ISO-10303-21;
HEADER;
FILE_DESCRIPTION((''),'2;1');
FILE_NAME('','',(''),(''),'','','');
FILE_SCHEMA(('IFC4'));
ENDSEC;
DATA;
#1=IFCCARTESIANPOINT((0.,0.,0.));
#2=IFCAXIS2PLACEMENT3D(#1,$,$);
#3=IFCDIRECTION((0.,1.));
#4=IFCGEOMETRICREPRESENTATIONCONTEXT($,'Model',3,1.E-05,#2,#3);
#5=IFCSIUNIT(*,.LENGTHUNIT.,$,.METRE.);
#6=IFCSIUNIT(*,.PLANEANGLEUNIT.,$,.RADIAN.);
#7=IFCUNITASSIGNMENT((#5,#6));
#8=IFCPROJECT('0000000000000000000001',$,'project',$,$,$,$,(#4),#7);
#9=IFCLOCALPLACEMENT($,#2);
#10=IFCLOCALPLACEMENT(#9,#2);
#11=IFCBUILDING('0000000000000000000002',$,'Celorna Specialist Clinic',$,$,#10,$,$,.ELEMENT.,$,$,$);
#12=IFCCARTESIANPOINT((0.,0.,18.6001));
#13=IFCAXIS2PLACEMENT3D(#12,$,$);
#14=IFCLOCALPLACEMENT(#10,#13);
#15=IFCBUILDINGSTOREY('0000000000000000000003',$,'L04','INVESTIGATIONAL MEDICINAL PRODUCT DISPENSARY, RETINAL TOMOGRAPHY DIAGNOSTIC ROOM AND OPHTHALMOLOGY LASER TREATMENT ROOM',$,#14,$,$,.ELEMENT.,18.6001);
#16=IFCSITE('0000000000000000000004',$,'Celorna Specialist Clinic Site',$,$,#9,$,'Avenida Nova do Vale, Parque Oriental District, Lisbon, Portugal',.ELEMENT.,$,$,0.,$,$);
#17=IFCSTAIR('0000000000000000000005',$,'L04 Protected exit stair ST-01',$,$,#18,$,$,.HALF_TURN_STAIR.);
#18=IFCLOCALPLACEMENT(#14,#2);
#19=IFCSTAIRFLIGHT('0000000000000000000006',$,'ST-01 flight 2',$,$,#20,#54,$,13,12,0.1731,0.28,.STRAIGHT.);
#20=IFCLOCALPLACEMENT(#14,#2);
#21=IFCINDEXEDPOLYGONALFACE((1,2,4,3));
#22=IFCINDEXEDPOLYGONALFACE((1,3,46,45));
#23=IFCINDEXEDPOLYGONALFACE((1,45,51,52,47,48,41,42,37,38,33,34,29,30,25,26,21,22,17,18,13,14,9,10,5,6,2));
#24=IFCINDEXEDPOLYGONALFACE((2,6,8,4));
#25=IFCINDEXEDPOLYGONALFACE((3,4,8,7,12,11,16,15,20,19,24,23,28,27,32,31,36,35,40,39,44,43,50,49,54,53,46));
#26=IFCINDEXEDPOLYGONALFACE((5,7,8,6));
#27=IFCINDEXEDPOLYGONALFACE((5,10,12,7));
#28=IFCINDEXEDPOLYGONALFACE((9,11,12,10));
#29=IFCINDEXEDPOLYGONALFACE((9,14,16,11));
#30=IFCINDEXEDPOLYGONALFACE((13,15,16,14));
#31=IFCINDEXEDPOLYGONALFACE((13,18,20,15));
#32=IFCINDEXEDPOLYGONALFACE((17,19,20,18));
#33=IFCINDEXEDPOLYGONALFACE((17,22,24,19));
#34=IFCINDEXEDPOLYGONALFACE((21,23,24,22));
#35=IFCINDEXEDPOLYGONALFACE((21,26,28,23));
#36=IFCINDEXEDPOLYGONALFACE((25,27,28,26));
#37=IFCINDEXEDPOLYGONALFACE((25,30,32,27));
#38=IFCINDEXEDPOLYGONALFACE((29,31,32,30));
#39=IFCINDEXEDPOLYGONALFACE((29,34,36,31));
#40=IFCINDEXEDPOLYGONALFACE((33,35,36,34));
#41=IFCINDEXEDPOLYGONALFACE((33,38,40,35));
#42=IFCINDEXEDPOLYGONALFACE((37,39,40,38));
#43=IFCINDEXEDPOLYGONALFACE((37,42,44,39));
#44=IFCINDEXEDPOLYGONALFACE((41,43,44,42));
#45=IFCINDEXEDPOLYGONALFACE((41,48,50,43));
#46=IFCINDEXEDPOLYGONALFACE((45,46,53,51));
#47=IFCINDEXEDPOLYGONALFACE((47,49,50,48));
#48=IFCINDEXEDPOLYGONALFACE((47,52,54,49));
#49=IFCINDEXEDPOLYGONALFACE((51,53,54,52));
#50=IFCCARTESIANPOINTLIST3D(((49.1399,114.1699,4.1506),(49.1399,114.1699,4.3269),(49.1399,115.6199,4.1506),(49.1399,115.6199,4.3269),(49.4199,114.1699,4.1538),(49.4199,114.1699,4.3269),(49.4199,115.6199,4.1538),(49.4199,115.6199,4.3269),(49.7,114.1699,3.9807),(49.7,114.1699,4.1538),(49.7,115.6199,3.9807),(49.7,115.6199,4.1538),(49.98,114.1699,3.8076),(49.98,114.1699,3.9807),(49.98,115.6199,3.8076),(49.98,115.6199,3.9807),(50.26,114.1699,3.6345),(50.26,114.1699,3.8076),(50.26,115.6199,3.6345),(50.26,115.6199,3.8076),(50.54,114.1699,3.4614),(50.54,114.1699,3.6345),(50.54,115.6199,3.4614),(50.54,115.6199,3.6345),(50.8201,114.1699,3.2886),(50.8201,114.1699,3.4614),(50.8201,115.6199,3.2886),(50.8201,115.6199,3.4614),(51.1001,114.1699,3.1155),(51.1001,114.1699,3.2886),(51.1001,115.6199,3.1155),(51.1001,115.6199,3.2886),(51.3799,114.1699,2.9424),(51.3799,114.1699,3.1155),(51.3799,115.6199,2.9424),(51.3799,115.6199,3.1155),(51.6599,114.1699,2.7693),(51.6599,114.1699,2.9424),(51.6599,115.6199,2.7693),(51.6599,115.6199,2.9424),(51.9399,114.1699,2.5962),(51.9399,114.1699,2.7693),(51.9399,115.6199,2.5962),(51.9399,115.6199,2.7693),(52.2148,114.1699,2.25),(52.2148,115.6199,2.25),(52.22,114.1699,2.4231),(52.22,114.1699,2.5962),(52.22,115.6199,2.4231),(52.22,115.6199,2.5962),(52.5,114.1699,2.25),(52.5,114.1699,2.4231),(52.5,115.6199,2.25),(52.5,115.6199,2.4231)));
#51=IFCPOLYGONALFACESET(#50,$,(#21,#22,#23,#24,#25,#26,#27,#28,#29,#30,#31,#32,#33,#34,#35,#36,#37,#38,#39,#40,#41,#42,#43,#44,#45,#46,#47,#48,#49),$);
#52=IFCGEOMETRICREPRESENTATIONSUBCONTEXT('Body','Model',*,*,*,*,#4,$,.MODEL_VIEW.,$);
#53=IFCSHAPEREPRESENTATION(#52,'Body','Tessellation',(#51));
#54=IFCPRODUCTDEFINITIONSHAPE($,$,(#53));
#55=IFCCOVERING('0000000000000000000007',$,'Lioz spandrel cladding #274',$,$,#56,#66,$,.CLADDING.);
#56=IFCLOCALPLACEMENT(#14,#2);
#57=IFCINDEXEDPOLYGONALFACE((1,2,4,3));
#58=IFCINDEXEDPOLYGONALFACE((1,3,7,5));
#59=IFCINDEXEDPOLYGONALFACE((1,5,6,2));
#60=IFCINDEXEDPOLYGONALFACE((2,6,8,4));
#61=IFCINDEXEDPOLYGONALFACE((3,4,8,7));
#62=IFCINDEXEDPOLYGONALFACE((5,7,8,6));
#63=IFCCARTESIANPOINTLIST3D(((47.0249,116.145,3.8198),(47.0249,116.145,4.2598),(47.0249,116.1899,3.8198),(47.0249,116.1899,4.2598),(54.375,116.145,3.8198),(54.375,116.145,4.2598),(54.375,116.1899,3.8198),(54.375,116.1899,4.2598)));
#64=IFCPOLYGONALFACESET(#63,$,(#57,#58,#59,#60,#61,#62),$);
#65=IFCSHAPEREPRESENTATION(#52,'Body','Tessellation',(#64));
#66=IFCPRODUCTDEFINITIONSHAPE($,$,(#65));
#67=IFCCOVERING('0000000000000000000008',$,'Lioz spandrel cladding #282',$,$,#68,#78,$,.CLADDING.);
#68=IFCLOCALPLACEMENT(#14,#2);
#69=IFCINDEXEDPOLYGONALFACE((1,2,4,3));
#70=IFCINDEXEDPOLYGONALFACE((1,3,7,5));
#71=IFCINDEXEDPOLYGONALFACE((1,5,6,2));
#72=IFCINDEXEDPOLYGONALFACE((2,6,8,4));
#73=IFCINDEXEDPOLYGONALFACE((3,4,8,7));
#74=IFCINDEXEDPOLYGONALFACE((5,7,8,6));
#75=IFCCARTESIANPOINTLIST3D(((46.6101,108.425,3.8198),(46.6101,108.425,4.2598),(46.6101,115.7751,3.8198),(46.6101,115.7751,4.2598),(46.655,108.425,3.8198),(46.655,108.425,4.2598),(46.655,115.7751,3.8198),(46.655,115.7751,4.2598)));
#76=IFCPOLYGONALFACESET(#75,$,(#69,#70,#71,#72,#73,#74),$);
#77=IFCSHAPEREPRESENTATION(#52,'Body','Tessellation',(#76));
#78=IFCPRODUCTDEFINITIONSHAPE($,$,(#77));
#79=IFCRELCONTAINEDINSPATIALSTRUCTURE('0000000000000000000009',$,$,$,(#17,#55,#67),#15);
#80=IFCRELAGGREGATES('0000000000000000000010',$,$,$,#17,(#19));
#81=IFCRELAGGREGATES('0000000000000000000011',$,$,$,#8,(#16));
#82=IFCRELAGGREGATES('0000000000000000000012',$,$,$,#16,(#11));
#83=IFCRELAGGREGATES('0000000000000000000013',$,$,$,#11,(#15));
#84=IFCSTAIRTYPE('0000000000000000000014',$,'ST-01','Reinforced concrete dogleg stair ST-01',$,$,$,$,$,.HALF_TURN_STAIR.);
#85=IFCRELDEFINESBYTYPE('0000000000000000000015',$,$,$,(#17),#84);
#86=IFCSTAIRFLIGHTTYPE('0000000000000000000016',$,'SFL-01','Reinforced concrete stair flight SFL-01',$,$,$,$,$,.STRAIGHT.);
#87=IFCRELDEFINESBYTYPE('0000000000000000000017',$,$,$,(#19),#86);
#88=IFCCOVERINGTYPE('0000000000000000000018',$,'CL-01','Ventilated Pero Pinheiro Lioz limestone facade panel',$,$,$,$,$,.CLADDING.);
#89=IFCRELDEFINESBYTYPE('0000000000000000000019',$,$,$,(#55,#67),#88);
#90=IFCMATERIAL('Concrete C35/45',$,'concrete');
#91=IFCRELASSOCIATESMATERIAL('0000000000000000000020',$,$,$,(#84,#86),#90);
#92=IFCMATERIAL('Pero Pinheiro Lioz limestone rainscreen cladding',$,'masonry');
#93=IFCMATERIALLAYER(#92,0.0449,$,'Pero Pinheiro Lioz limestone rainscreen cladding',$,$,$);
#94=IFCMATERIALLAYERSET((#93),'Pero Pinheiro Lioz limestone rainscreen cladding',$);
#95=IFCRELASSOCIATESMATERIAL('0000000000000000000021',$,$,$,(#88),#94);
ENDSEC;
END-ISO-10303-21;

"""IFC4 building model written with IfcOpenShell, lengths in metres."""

from ifc_helpers import new_model, si_unit, direction, frame, origin, origin_2d, place, context, subcontext, project, spatial, polyline, rectangle, outline, extrude, material, layer, layer_set, type_object, element, aggregate, save


model = new_model("IFC4")

# Units and contexts
model_context = context("Model", 3, precision=1e-05, world=origin(), true_north=direction((0.0, 1.0)))
body_context = subcontext(model_context, "Body", "Model", "MODEL_VIEW")
ifc_project = project(units=[si_unit("LENGTHUNIT", "METRE"), si_unit("PLANEANGLEUNIT", "RADIAN")], contexts=[model_context])

# Site, building, storey
site_placement = place(None, origin())
site = spatial("IfcSite", under=ifc_project, at=site_placement, Name="Celorna Specialist Clinic Site", LongName="Avenida Nova do Vale, Parque Oriental District, Lisbon, Portugal", CompositionType="ELEMENT", RefElevation=0.0)
building_placement = place(site_placement, origin())
building = spatial("IfcBuilding", under=site, at=building_placement, Name="Celorna Specialist Clinic", CompositionType="ELEMENT")
storey_placement = place(building_placement, frame((0.0, 0.0, 18.6001)))
storey = spatial("IfcBuildingStorey", under=building, at=storey_placement, Name="L04", Description="INVESTIGATIONAL MEDICINAL PRODUCT DISPENSARY, RETINAL TOMOGRAPHY DIAGNOSTIC ROOM AND OPHTHALMOLOGY LASER TREATMENT ROOM", CompositionType="ELEMENT", Elevation=18.6001)

# Shared definitions
ifc_material_1 = material(Name="Concrete C35/45", Category="concrete")

# Stair, stair flight
stair_type = type_object("IfcStairType", Name="ST-01", Description="Reinforced concrete dogleg stair ST-01", PredefinedType="HALF_TURN_STAIR", material=ifc_material_1)
stair_placement = place(storey_placement, origin())
stair = element("IfcStair", 1, at=stair_placement, inside=storey, type_object=stair_type, Name="L04 Protected exit stair ST-01", PredefinedType="HALF_TURN_STAIR")
stair_flight_type = type_object("IfcStairFlightType", Name="SFL-01", Description="Reinforced concrete stair flight SFL-01", PredefinedType="STRAIGHT", material=ifc_material_1)
stair_flight_1_placement = place(storey_placement, frame((52.5, 114.895, 2.25), z_axis=(0.0, 0.0, 1.0), x_axis=(-1.0, 0.0, 0.0)))
stair_flight_1 = element("IfcStairFlight", 2, at=stair_flight_1_placement, type_object=stair_flight_type, Name="ST-01 flight 2", NumberOfRisers=13, NumberOfTreads=12, PredefinedType="STRAIGHT", RiserHeight=0.1731, TreadLength=0.28, context=body_context, shape_type="SweptSolid", body=[
    extrude(outline(polyline([(0.0, 0.0), (0.0, 0.1731), (0.28, 0.1731), (0.28, 0.3462), (0.5601, 0.3462), (0.5601, 0.5193), (0.8401, 0.5193), (0.8401, 0.6924), (1.1201, 0.6924), (1.1201, 0.8655), (1.3999, 0.8655), (1.3999, 1.0386), (1.6799, 1.0386), (1.6799, 1.2114), (1.96, 1.2114), (1.96, 1.3845), (2.24, 1.3845), (2.24, 1.5576), (2.52, 1.5576), (2.52, 1.7307), (2.8, 1.7307), (2.8, 1.9038), (3.0801, 1.9038), (3.0801, 2.0769), (3.3601, 2.0769), (3.3601, 2.25), (3.3601, 1.9006), (0.2852, 0.0), (0.0, 0.0)])), frame((0.0, 0.7251, 0.0), z_axis=(0.0, -1.0, 0.0), x_axis=(1.0, 0.0, 0.0)), (0.0, 0.0, 1.0), 1.45),
])
aggregate(stair, [stair_flight_1])

# Coverings
ifc_material_2 = material(Name="Pero Pinheiro Lioz limestone rainscreen cladding", Category="masonry")
ifc_layer_1 = layer(ifc_material_2, 0.0449, Name="Pero Pinheiro Lioz limestone rainscreen cladding")
ifc_layer_set_1 = layer_set([ifc_layer_1], Name="Pero Pinheiro Lioz limestone rainscreen cladding")
covering_type = type_object("IfcCoveringType", Name="CL-01", Description="Ventilated Pero Pinheiro Lioz limestone facade panel", PredefinedType="CLADDING", material=ifc_layer_set_1)
for number, where, z_axis, x_axis, name in (
    (3, (50.7, 116.1675, 3.8198), (0.0, 0.0, 1.0), (1.0, 0.0, 0.0), "Lioz spandrel cladding #274"),
    (4, (46.6326, 112.1001, 3.8198), (0.0, 0.0, 1.0), (0.0, 1.0, 0.0), "Lioz spandrel cladding #282"),
):
    element("IfcCovering", number, at=place(storey_placement, frame(where, z_axis=z_axis, x_axis=x_axis)), inside=storey, type_object=covering_type, Name=name, PredefinedType="CLADDING", context=body_context, shape_type="SweptSolid", body=[
        extrude(rectangle(XDim=7.3501, YDim=0.0449, at=origin_2d()), origin(), (0.0, 0.0, 1.0), 0.4399),
    ])

save(model, "model.ifc")
